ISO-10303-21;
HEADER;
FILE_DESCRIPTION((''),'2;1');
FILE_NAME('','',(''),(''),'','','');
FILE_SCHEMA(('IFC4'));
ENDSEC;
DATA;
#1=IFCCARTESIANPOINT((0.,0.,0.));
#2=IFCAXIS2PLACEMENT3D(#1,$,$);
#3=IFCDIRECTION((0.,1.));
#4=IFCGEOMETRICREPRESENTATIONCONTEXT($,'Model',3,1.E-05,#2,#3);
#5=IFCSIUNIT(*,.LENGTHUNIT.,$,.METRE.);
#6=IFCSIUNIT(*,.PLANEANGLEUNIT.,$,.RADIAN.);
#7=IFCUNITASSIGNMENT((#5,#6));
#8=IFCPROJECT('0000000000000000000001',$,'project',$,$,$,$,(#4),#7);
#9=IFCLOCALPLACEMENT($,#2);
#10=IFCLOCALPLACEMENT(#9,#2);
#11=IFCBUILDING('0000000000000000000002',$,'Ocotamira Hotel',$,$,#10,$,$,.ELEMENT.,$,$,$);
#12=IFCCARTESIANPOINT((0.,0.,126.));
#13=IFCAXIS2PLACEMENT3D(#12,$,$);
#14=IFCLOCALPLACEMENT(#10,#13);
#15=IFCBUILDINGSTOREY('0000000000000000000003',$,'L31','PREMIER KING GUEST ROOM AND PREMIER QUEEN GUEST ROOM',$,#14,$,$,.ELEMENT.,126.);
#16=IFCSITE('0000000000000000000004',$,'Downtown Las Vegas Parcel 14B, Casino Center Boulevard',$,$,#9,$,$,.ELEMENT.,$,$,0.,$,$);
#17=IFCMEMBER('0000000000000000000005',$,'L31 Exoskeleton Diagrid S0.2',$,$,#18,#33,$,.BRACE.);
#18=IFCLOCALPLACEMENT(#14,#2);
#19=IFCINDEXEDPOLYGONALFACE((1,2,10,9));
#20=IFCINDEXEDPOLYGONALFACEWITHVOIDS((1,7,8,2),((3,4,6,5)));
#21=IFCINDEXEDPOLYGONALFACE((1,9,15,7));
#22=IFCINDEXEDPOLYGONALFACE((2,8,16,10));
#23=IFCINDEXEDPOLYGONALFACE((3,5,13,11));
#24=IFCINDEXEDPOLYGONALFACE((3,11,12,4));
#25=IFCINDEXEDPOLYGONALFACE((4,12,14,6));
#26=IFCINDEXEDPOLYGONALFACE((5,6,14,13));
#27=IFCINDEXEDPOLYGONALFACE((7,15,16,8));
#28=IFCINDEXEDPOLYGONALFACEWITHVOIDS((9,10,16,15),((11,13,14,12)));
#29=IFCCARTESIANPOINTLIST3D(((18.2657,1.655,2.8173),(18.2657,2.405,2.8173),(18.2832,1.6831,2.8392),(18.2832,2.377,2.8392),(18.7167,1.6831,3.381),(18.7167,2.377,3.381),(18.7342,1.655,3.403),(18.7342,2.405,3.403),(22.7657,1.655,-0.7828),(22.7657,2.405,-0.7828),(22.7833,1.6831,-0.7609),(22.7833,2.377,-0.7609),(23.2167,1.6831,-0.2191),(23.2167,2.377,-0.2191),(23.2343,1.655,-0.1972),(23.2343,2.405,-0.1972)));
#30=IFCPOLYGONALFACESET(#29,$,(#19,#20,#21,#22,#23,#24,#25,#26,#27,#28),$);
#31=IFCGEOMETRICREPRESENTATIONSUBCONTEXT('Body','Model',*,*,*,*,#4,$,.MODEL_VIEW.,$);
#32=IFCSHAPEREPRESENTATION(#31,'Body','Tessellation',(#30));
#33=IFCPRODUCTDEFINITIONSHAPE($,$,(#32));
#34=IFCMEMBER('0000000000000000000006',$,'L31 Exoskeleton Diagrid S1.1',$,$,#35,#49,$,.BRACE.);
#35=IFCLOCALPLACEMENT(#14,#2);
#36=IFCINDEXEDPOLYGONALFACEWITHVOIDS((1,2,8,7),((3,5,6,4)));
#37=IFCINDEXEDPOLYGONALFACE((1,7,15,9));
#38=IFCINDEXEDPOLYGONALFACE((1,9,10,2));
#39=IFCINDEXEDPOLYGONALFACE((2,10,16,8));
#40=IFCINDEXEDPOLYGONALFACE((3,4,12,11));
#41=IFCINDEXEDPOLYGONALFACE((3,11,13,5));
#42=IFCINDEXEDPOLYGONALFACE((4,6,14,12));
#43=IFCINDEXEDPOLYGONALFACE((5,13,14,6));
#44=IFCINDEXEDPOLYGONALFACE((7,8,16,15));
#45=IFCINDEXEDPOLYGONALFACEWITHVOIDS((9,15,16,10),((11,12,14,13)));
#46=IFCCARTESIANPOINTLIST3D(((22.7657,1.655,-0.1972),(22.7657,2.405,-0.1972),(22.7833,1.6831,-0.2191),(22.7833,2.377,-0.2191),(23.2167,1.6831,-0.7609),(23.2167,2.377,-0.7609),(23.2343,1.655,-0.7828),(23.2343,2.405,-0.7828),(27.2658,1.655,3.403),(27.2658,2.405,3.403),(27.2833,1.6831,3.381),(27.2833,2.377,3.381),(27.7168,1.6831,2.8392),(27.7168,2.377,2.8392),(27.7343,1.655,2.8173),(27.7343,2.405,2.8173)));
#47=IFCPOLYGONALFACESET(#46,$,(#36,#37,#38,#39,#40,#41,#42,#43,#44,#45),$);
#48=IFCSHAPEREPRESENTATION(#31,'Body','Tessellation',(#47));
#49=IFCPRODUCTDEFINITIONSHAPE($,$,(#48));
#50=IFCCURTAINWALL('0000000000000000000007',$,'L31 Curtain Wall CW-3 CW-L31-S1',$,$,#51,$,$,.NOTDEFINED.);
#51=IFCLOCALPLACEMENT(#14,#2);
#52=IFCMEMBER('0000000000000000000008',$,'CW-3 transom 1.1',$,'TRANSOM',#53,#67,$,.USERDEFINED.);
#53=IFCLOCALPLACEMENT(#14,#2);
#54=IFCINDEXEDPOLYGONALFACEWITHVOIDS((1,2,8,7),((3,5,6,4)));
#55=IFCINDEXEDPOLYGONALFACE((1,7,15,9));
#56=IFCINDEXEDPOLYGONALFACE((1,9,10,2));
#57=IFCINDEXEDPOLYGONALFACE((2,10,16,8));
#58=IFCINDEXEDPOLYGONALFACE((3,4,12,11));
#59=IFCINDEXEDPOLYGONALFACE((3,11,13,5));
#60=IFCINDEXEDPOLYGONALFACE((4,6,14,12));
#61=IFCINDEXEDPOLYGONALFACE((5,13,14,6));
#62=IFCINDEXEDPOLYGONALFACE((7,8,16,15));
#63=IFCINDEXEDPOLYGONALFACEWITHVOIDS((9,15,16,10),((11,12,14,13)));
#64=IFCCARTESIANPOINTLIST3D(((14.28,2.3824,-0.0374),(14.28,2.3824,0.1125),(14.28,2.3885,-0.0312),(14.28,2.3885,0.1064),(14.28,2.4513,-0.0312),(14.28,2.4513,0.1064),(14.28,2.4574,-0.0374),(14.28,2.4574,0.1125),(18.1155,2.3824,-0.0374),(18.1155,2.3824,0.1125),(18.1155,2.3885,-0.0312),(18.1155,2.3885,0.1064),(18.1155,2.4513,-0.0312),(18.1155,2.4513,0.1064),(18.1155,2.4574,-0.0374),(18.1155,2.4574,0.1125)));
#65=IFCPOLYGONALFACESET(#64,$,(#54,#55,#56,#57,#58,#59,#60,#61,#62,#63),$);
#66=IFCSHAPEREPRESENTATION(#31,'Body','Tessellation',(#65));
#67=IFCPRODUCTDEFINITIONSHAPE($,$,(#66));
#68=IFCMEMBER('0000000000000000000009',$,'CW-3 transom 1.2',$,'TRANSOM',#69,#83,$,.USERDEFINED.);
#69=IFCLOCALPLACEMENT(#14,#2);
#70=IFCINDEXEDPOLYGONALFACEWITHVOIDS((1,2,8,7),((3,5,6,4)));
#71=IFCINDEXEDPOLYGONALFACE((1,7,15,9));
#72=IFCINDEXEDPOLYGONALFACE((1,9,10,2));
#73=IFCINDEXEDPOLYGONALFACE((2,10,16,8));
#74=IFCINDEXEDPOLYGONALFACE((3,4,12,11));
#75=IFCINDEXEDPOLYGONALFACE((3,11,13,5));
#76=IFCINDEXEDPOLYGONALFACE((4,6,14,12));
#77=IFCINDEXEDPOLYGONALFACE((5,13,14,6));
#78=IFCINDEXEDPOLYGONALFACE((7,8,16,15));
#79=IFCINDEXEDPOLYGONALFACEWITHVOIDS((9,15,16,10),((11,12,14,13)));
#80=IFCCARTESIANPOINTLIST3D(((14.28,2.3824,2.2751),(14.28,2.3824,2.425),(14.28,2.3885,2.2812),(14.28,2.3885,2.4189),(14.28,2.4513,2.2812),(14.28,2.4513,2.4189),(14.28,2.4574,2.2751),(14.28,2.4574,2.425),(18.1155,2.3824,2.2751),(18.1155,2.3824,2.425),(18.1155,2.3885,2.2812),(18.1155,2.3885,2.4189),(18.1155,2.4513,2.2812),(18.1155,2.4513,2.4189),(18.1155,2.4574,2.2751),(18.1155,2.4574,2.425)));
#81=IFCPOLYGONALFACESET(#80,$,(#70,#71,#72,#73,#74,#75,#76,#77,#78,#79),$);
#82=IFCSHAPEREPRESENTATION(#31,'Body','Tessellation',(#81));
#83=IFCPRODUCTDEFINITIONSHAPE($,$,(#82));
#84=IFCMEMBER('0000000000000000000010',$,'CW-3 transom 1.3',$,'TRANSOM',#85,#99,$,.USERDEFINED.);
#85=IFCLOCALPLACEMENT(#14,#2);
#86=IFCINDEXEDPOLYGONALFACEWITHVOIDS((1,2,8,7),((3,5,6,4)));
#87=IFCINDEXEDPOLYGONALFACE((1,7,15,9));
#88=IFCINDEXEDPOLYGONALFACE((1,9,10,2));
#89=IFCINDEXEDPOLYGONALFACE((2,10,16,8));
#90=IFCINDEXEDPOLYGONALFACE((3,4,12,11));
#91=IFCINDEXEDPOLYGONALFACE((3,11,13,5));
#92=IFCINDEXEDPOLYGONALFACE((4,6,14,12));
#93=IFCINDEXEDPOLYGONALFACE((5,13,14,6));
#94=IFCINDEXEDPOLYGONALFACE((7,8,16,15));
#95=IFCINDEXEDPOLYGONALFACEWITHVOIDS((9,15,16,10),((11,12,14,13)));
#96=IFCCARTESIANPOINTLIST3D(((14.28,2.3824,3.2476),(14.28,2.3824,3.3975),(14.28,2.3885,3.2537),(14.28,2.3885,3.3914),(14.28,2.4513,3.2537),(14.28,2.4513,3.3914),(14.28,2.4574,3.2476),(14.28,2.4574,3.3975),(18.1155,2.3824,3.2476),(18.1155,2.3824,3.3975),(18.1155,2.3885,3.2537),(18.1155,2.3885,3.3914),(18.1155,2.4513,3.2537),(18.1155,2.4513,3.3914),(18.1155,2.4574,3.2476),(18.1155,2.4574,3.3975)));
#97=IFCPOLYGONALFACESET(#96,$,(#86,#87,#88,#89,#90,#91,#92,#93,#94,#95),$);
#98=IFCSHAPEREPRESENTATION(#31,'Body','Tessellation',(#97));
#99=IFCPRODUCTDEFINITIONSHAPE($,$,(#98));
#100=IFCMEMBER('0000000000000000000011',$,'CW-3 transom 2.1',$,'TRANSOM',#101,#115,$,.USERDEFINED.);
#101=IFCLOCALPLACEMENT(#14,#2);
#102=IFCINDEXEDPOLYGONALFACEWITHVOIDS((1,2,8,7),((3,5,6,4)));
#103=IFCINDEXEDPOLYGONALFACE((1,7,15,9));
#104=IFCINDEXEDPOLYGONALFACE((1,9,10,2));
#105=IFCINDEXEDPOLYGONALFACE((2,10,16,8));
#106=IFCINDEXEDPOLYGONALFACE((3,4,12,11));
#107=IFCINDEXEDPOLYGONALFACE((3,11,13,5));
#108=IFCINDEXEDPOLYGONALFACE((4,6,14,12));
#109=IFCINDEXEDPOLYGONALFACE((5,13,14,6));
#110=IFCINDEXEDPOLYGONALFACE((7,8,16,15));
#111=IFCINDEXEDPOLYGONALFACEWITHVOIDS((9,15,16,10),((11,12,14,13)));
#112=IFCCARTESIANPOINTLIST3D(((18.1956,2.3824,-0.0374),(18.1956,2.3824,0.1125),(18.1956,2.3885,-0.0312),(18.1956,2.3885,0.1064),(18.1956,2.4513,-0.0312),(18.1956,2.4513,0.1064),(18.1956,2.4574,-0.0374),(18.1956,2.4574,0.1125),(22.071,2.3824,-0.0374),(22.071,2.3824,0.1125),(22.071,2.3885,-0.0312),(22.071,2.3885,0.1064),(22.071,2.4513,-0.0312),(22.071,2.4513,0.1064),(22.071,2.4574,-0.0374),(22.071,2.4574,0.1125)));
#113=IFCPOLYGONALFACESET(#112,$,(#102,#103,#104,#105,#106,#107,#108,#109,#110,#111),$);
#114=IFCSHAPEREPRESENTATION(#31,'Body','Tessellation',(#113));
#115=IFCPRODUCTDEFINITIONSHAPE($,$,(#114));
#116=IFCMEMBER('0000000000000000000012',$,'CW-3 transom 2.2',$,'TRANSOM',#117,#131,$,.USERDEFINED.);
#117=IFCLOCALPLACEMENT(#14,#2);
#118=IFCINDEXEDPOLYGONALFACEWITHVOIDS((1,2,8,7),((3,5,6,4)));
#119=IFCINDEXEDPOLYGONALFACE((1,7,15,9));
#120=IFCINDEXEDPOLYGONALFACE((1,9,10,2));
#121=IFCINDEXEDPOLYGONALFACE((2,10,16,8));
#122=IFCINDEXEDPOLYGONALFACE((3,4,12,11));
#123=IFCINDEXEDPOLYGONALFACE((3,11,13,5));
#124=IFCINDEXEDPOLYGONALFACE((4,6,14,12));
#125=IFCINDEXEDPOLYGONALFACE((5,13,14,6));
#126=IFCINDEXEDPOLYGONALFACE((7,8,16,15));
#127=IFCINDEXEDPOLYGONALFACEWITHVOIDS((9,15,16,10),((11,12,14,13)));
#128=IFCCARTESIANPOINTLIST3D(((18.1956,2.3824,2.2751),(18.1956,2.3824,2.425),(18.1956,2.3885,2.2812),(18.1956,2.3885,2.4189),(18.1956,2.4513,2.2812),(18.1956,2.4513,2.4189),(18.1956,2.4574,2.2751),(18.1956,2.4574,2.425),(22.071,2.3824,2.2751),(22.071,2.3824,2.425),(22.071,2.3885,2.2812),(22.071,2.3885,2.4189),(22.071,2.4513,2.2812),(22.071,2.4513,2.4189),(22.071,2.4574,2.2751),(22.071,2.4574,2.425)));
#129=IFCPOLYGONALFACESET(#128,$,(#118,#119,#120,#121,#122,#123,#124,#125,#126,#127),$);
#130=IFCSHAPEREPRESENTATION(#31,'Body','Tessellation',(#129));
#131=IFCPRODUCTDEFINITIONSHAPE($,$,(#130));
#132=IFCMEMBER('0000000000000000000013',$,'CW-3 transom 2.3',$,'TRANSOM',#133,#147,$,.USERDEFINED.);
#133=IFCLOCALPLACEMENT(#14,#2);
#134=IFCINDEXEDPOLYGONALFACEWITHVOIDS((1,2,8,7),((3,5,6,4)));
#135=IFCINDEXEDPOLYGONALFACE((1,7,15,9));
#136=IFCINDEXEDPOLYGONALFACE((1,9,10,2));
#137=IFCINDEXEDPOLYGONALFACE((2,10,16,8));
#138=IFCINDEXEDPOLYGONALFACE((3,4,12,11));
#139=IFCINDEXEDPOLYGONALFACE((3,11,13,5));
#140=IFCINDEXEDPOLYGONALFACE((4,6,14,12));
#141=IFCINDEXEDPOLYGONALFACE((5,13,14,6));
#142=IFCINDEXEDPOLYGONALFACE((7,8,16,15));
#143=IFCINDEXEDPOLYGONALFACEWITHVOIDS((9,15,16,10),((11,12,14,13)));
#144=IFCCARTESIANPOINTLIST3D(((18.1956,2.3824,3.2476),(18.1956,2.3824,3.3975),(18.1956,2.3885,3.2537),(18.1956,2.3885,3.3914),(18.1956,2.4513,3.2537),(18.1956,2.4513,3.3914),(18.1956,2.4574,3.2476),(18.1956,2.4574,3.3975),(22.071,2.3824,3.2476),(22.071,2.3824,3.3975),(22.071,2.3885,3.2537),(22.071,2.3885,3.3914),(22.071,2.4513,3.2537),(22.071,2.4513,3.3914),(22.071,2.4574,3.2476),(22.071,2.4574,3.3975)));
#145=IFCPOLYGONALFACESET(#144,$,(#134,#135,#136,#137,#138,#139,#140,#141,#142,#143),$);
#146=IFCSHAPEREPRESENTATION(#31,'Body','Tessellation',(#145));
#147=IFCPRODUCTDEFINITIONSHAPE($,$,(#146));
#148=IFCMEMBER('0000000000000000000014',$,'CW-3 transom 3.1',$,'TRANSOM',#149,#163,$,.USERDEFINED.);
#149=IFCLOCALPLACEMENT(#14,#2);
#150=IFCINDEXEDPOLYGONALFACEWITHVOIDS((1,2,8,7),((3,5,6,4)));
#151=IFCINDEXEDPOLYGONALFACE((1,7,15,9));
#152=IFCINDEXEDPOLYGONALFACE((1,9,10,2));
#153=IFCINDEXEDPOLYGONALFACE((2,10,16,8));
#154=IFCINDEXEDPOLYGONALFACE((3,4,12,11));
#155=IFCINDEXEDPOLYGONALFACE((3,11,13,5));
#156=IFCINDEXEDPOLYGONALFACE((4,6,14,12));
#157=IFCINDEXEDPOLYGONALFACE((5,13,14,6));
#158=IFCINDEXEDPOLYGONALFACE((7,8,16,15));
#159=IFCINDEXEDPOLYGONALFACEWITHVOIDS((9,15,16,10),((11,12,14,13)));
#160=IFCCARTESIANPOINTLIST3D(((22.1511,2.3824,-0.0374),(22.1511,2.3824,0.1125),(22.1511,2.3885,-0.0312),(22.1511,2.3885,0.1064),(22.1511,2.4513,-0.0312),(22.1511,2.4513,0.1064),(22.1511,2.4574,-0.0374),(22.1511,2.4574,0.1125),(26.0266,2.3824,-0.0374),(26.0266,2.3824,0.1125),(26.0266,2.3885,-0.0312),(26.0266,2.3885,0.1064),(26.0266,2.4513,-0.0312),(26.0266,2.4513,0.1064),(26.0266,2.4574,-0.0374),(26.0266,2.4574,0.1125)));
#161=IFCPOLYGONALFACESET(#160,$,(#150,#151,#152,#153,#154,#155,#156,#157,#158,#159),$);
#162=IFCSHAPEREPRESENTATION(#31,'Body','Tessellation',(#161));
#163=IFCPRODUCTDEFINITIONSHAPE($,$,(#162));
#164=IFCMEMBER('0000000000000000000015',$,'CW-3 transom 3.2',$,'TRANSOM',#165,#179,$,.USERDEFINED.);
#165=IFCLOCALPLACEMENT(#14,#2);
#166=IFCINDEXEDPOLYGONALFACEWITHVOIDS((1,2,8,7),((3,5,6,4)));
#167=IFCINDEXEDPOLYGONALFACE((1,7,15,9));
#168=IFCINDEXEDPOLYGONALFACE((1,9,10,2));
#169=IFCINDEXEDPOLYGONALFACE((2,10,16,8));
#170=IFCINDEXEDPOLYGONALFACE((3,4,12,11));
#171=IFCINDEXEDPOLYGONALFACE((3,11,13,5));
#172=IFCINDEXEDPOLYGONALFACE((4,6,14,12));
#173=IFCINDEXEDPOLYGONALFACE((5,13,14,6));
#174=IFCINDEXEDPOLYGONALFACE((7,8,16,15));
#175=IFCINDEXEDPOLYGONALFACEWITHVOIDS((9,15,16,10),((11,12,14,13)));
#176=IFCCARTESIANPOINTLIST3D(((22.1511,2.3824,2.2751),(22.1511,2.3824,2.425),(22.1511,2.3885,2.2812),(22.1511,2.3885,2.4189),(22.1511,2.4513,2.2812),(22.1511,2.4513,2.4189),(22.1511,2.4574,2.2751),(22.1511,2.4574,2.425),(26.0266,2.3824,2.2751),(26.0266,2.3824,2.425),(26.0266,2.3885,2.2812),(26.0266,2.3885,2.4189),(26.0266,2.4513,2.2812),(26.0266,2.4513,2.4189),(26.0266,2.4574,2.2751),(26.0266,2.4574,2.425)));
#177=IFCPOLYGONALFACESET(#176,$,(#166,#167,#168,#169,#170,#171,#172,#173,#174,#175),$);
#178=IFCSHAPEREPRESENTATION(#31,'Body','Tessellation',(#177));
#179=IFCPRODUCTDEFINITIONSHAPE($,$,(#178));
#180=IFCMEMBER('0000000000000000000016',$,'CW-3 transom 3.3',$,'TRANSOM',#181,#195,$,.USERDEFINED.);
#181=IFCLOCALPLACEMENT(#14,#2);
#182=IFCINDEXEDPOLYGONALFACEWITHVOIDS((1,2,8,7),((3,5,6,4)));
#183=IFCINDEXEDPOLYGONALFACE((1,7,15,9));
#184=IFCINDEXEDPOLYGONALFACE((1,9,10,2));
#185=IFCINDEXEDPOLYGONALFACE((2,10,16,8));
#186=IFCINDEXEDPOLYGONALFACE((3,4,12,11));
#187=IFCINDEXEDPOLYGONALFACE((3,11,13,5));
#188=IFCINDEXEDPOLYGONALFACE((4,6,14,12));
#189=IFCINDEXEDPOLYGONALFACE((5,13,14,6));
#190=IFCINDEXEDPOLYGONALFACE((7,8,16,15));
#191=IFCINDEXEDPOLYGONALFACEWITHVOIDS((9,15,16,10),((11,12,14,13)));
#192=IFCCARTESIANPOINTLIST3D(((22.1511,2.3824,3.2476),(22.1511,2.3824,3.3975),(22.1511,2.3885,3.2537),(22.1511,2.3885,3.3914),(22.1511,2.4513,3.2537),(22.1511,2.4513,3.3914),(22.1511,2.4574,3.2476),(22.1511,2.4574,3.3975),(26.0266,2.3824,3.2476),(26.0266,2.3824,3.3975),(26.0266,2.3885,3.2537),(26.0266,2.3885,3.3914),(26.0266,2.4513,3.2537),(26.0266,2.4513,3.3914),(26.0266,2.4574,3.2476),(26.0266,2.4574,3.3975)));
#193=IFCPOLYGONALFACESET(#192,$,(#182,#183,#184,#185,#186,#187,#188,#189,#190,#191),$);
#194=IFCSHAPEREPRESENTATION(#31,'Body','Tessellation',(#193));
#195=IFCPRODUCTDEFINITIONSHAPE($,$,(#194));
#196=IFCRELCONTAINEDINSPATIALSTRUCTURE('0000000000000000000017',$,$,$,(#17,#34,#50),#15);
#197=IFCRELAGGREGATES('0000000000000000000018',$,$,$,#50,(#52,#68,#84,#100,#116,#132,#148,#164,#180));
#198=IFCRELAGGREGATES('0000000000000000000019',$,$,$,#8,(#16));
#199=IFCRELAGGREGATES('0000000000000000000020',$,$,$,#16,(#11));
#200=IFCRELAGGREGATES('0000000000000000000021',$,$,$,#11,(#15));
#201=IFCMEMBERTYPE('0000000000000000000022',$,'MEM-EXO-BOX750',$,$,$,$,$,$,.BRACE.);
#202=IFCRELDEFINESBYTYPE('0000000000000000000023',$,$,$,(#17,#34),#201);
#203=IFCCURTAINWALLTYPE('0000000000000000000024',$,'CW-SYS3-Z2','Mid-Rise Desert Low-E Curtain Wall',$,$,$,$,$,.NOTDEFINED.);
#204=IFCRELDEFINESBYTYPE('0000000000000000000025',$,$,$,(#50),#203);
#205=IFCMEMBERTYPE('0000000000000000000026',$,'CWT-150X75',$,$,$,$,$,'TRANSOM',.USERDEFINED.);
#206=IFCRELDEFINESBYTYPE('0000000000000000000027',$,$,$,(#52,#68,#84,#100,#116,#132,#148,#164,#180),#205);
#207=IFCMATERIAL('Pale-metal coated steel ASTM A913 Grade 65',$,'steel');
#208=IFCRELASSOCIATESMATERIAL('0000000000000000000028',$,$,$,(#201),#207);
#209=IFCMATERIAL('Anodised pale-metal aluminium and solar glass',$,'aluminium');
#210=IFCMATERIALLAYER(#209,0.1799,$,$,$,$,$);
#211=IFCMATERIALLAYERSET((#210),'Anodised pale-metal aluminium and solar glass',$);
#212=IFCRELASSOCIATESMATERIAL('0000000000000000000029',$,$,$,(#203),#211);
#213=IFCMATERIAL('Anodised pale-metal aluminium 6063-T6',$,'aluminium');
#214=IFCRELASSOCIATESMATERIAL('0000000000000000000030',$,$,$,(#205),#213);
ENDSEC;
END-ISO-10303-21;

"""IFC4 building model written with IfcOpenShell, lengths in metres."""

from ifc_helpers import new_model, si_unit, direction, frame, origin, origin_2d, place, context, subcontext, project, spatial, hollow_rectangle, extrude, source, transform, mapped, material, layer, layer_set, material_profile, profile_set, type_object, element, aggregate, save


model = new_model("IFC4")

# Units and contexts
model_context = context("Model", 3, precision=1e-05, world=origin(), true_north=direction((0.0, 1.0)))
body_context = subcontext(model_context, "Body", "Model", "MODEL_VIEW")
ifc_project = project(units=[si_unit("LENGTHUNIT", "METRE"), si_unit("PLANEANGLEUNIT", "RADIAN")], contexts=[model_context])

# Site, building, storey
site_placement = place(None, origin())
site = spatial("IfcSite", under=ifc_project, at=site_placement, Name="Downtown Las Vegas Parcel 14B, Casino Center Boulevard", CompositionType="ELEMENT", RefElevation=0.0)
building_placement = place(site_placement, origin())
building = spatial("IfcBuilding", under=site, at=building_placement, Name="Ocotamira Hotel", CompositionType="ELEMENT")
storey_placement = place(building_placement, frame((0.0, 0.0, 126.0)))
storey = spatial("IfcBuildingStorey", under=building, at=storey_placement, Name="L31", Description="PREMIER KING GUEST ROOM AND PREMIER QUEEN GUEST ROOM", CompositionType="ELEMENT", Elevation=126.0)

# Members
ifc_material_1 = material(Name="Pale-metal coated steel ASTM A913 Grade 65", Category="steel")
ifc_material_profile_1 = material_profile(ifc_material_1, hollow_rectangle(XDim=0.75, YDim=0.75, WallThickness=0.0281, at=origin_2d()), Name="BOX750X750X28")
ifc_profile_set_1 = profile_set([ifc_material_profile_1], Name="Pale-metal coated steel ASTM A913 Grade 65")
member_type_1 = type_object("IfcMemberType", Name="MEM-EXO-BOX750", PredefinedType="BRACE", material=ifc_profile_set_1)
shared_shape_1 = source(origin(), body_context, "Body", "SweptSolid", [
    extrude(hollow_rectangle(XDim=0.75, YDim=0.75, WallThickness=0.0281, at=origin_2d()), origin(), (0.0, 0.0, 1.0), 5.7629),
])
for number, where, z_axis, x_axis, name in (
    (1, (23.0, 2.03, -0.49), (-0.780861, 0.0, 0.624705), (0.0, -1.0, 0.0), "L31 Exoskeleton Diagrid S0.2"),
    (2, (23.0, 2.03, -0.49), (0.780861, 0.0, 0.624705), (0.0, 1.0, 0.0), "L31 Exoskeleton Diagrid S1.1"),
):
    element("IfcMember", number, at=place(storey_placement, frame(where, z_axis=z_axis, x_axis=x_axis)), inside=storey, type_object=member_type_1, Name=name, PredefinedType="BRACE", context=body_context, shape_type="MappedRepresentation", body=[
        mapped(shared_shape_1, transform((0.0, 0.0, 0.0), scale=1.0)),
    ])

# Curtain wall, members
ifc_material_2 = material(Name="Anodised pale-metal aluminium and solar glass", Category="aluminium")
ifc_layer_1 = layer(ifc_material_2, 0.1799)
ifc_layer_set_1 = layer_set([ifc_layer_1], Name="Anodised pale-metal aluminium and solar glass")
curtain_wall_type = type_object("IfcCurtainWallType", Name="CW-SYS3-Z2", Description="Mid-Rise Desert Low-E Curtain Wall", PredefinedType="NOTDEFINED", material=ifc_layer_set_1)
curtain_wall_placement = place(storey_placement, origin())
curtain_wall = element("IfcCurtainWall", 3, at=curtain_wall_placement, inside=storey, type_object=curtain_wall_type, Name="L31 Curtain Wall CW-3 CW-L31-S1", PredefinedType="NOTDEFINED")
ifc_material_3 = material(Name="Anodised pale-metal aluminium 6063-T6", Category="aluminium")
ifc_material_profile_2 = material_profile(ifc_material_3, hollow_rectangle(XDim=0.075, YDim=0.1499, WallThickness=0.0061, at=origin_2d()), Name="HSS150X75X6")
ifc_profile_set_2 = profile_set([ifc_material_profile_2], Name="Anodised pale-metal aluminium 6063-T6")
member_type_2 = type_object("IfcMemberType", Name="CWT-150X75", ElementType="TRANSOM", PredefinedType="USERDEFINED", material=ifc_profile_set_2)
shared_shape_2 = source(origin(), body_context, "Body", "SweptSolid", [
    extrude(hollow_rectangle(XDim=0.075, YDim=0.1499, WallThickness=0.0061, at=origin_2d()), origin(), (0.0, 0.0, 1.0), 3.8354),
])
member_1_placement = place(storey_placement, frame((14.28, 2.4199, 0.0376), z_axis=(1.0, 0.0, 0.0), x_axis=(0.0, 1.0, 0.0)))
member_1 = element("IfcMember", 4, at=member_1_placement, type_object=member_type_2, Name="CW-3 transom 1.1", ObjectType="TRANSOM", PredefinedType="USERDEFINED", context=body_context, shape_type="MappedRepresentation", body=[
    mapped(shared_shape_2, transform((0.0, 0.0, 0.0), scale=1.0)),
])
member_2_placement = place(storey_placement, frame((14.28, 2.4199, 2.3501), z_axis=(1.0, 0.0, 0.0), x_axis=(0.0, 1.0, 0.0)))
member_2 = element("IfcMember", 5, at=member_2_placement, type_object=member_type_2, Name="CW-3 transom 1.2", ObjectType="TRANSOM", PredefinedType="USERDEFINED", context=body_context, shape_type="MappedRepresentation", body=[
    mapped(shared_shape_2, transform((0.0, 0.0, 0.0), scale=1.0)),
])
member_3_placement = place(storey_placement, frame((14.28, 2.4199, 3.3225), z_axis=(1.0, 0.0, 0.0), x_axis=(0.0, 1.0, 0.0)))
member_3 = element("IfcMember", 6, at=member_3_placement, type_object=member_type_2, Name="CW-3 transom 1.3", ObjectType="TRANSOM", PredefinedType="USERDEFINED", context=body_context, shape_type="MappedRepresentation", body=[
    mapped(shared_shape_2, transform((0.0, 0.0, 0.0), scale=1.0)),
])
shared_shape_3 = source(origin(), body_context, "Body", "SweptSolid", [
    extrude(hollow_rectangle(XDim=0.075, YDim=0.1499, WallThickness=0.0061, at=origin_2d()), origin(), (0.0, 0.0, 1.0), 3.8755),
])
member_4_placement = place(storey_placement, frame((18.1956, 2.4199, 0.0376), z_axis=(1.0, 0.0, 0.0), x_axis=(0.0, 1.0, 0.0)))
member_4 = element("IfcMember", 7, at=member_4_placement, type_object=member_type_2, Name="CW-3 transom 2.1", ObjectType="TRANSOM", PredefinedType="USERDEFINED", context=body_context, shape_type="MappedRepresentation", body=[
    mapped(shared_shape_3, transform((0.0, 0.0, 0.0), scale=1.0)),
])
member_5_placement = place(storey_placement, frame((18.1956, 2.4199, 2.3501), z_axis=(1.0, 0.0, 0.0), x_axis=(0.0, 1.0, 0.0)))
member_5 = element("IfcMember", 8, at=member_5_placement, type_object=member_type_2, Name="CW-3 transom 2.2", ObjectType="TRANSOM", PredefinedType="USERDEFINED", context=body_context, shape_type="MappedRepresentation", body=[
    mapped(shared_shape_3, transform((0.0, 0.0, 0.0), scale=1.0)),
])
member_6_placement = place(storey_placement, frame((18.1956, 2.4199, 3.3225), z_axis=(1.0, 0.0, 0.0), x_axis=(0.0, 1.0, 0.0)))
member_6 = element("IfcMember", 9, at=member_6_placement, type_object=member_type_2, Name="CW-3 transom 2.3", ObjectType="TRANSOM", PredefinedType="USERDEFINED", context=body_context, shape_type="MappedRepresentation", body=[
    mapped(shared_shape_3, transform((0.0, 0.0, 0.0), scale=1.0)),
])
member_7_placement = place(storey_placement, frame((22.1511, 2.4199, 0.0376), z_axis=(1.0, 0.0, 0.0), x_axis=(0.0, 1.0, 0.0)))
member_7 = element("IfcMember", 10, at=member_7_placement, type_object=member_type_2, Name="CW-3 transom 3.1", ObjectType="TRANSOM", PredefinedType="USERDEFINED", context=body_context, shape_type="MappedRepresentation", body=[
    mapped(shared_shape_3, transform((0.0, 0.0, 0.0), scale=1.0)),
])
member_8_placement = place(storey_placement, frame((22.1511, 2.4199, 2.3501), z_axis=(1.0, 0.0, 0.0), x_axis=(0.0, 1.0, 0.0)))
member_8 = element("IfcMember", 11, at=member_8_placement, type_object=member_type_2, Name="CW-3 transom 3.2", ObjectType="TRANSOM", PredefinedType="USERDEFINED", context=body_context, shape_type="MappedRepresentation", body=[
    mapped(shared_shape_3, transform((0.0, 0.0, 0.0), scale=1.0)),
])
member_9_placement = place(storey_placement, frame((22.1511, 2.4199, 3.3225), z_axis=(1.0, 0.0, 0.0), x_axis=(0.0, 1.0, 0.0)))
member_9 = element("IfcMember", 12, at=member_9_placement, type_object=member_type_2, Name="CW-3 transom 3.3", ObjectType="TRANSOM", PredefinedType="USERDEFINED", context=body_context, shape_type="MappedRepresentation", body=[
    mapped(shared_shape_3, transform((0.0, 0.0, 0.0), scale=1.0)),
])

aggregate(curtain_wall, [member_1, member_2, member_3, member_4, member_5, member_6, member_7, member_8, member_9])

save(model, "model.ifc")
